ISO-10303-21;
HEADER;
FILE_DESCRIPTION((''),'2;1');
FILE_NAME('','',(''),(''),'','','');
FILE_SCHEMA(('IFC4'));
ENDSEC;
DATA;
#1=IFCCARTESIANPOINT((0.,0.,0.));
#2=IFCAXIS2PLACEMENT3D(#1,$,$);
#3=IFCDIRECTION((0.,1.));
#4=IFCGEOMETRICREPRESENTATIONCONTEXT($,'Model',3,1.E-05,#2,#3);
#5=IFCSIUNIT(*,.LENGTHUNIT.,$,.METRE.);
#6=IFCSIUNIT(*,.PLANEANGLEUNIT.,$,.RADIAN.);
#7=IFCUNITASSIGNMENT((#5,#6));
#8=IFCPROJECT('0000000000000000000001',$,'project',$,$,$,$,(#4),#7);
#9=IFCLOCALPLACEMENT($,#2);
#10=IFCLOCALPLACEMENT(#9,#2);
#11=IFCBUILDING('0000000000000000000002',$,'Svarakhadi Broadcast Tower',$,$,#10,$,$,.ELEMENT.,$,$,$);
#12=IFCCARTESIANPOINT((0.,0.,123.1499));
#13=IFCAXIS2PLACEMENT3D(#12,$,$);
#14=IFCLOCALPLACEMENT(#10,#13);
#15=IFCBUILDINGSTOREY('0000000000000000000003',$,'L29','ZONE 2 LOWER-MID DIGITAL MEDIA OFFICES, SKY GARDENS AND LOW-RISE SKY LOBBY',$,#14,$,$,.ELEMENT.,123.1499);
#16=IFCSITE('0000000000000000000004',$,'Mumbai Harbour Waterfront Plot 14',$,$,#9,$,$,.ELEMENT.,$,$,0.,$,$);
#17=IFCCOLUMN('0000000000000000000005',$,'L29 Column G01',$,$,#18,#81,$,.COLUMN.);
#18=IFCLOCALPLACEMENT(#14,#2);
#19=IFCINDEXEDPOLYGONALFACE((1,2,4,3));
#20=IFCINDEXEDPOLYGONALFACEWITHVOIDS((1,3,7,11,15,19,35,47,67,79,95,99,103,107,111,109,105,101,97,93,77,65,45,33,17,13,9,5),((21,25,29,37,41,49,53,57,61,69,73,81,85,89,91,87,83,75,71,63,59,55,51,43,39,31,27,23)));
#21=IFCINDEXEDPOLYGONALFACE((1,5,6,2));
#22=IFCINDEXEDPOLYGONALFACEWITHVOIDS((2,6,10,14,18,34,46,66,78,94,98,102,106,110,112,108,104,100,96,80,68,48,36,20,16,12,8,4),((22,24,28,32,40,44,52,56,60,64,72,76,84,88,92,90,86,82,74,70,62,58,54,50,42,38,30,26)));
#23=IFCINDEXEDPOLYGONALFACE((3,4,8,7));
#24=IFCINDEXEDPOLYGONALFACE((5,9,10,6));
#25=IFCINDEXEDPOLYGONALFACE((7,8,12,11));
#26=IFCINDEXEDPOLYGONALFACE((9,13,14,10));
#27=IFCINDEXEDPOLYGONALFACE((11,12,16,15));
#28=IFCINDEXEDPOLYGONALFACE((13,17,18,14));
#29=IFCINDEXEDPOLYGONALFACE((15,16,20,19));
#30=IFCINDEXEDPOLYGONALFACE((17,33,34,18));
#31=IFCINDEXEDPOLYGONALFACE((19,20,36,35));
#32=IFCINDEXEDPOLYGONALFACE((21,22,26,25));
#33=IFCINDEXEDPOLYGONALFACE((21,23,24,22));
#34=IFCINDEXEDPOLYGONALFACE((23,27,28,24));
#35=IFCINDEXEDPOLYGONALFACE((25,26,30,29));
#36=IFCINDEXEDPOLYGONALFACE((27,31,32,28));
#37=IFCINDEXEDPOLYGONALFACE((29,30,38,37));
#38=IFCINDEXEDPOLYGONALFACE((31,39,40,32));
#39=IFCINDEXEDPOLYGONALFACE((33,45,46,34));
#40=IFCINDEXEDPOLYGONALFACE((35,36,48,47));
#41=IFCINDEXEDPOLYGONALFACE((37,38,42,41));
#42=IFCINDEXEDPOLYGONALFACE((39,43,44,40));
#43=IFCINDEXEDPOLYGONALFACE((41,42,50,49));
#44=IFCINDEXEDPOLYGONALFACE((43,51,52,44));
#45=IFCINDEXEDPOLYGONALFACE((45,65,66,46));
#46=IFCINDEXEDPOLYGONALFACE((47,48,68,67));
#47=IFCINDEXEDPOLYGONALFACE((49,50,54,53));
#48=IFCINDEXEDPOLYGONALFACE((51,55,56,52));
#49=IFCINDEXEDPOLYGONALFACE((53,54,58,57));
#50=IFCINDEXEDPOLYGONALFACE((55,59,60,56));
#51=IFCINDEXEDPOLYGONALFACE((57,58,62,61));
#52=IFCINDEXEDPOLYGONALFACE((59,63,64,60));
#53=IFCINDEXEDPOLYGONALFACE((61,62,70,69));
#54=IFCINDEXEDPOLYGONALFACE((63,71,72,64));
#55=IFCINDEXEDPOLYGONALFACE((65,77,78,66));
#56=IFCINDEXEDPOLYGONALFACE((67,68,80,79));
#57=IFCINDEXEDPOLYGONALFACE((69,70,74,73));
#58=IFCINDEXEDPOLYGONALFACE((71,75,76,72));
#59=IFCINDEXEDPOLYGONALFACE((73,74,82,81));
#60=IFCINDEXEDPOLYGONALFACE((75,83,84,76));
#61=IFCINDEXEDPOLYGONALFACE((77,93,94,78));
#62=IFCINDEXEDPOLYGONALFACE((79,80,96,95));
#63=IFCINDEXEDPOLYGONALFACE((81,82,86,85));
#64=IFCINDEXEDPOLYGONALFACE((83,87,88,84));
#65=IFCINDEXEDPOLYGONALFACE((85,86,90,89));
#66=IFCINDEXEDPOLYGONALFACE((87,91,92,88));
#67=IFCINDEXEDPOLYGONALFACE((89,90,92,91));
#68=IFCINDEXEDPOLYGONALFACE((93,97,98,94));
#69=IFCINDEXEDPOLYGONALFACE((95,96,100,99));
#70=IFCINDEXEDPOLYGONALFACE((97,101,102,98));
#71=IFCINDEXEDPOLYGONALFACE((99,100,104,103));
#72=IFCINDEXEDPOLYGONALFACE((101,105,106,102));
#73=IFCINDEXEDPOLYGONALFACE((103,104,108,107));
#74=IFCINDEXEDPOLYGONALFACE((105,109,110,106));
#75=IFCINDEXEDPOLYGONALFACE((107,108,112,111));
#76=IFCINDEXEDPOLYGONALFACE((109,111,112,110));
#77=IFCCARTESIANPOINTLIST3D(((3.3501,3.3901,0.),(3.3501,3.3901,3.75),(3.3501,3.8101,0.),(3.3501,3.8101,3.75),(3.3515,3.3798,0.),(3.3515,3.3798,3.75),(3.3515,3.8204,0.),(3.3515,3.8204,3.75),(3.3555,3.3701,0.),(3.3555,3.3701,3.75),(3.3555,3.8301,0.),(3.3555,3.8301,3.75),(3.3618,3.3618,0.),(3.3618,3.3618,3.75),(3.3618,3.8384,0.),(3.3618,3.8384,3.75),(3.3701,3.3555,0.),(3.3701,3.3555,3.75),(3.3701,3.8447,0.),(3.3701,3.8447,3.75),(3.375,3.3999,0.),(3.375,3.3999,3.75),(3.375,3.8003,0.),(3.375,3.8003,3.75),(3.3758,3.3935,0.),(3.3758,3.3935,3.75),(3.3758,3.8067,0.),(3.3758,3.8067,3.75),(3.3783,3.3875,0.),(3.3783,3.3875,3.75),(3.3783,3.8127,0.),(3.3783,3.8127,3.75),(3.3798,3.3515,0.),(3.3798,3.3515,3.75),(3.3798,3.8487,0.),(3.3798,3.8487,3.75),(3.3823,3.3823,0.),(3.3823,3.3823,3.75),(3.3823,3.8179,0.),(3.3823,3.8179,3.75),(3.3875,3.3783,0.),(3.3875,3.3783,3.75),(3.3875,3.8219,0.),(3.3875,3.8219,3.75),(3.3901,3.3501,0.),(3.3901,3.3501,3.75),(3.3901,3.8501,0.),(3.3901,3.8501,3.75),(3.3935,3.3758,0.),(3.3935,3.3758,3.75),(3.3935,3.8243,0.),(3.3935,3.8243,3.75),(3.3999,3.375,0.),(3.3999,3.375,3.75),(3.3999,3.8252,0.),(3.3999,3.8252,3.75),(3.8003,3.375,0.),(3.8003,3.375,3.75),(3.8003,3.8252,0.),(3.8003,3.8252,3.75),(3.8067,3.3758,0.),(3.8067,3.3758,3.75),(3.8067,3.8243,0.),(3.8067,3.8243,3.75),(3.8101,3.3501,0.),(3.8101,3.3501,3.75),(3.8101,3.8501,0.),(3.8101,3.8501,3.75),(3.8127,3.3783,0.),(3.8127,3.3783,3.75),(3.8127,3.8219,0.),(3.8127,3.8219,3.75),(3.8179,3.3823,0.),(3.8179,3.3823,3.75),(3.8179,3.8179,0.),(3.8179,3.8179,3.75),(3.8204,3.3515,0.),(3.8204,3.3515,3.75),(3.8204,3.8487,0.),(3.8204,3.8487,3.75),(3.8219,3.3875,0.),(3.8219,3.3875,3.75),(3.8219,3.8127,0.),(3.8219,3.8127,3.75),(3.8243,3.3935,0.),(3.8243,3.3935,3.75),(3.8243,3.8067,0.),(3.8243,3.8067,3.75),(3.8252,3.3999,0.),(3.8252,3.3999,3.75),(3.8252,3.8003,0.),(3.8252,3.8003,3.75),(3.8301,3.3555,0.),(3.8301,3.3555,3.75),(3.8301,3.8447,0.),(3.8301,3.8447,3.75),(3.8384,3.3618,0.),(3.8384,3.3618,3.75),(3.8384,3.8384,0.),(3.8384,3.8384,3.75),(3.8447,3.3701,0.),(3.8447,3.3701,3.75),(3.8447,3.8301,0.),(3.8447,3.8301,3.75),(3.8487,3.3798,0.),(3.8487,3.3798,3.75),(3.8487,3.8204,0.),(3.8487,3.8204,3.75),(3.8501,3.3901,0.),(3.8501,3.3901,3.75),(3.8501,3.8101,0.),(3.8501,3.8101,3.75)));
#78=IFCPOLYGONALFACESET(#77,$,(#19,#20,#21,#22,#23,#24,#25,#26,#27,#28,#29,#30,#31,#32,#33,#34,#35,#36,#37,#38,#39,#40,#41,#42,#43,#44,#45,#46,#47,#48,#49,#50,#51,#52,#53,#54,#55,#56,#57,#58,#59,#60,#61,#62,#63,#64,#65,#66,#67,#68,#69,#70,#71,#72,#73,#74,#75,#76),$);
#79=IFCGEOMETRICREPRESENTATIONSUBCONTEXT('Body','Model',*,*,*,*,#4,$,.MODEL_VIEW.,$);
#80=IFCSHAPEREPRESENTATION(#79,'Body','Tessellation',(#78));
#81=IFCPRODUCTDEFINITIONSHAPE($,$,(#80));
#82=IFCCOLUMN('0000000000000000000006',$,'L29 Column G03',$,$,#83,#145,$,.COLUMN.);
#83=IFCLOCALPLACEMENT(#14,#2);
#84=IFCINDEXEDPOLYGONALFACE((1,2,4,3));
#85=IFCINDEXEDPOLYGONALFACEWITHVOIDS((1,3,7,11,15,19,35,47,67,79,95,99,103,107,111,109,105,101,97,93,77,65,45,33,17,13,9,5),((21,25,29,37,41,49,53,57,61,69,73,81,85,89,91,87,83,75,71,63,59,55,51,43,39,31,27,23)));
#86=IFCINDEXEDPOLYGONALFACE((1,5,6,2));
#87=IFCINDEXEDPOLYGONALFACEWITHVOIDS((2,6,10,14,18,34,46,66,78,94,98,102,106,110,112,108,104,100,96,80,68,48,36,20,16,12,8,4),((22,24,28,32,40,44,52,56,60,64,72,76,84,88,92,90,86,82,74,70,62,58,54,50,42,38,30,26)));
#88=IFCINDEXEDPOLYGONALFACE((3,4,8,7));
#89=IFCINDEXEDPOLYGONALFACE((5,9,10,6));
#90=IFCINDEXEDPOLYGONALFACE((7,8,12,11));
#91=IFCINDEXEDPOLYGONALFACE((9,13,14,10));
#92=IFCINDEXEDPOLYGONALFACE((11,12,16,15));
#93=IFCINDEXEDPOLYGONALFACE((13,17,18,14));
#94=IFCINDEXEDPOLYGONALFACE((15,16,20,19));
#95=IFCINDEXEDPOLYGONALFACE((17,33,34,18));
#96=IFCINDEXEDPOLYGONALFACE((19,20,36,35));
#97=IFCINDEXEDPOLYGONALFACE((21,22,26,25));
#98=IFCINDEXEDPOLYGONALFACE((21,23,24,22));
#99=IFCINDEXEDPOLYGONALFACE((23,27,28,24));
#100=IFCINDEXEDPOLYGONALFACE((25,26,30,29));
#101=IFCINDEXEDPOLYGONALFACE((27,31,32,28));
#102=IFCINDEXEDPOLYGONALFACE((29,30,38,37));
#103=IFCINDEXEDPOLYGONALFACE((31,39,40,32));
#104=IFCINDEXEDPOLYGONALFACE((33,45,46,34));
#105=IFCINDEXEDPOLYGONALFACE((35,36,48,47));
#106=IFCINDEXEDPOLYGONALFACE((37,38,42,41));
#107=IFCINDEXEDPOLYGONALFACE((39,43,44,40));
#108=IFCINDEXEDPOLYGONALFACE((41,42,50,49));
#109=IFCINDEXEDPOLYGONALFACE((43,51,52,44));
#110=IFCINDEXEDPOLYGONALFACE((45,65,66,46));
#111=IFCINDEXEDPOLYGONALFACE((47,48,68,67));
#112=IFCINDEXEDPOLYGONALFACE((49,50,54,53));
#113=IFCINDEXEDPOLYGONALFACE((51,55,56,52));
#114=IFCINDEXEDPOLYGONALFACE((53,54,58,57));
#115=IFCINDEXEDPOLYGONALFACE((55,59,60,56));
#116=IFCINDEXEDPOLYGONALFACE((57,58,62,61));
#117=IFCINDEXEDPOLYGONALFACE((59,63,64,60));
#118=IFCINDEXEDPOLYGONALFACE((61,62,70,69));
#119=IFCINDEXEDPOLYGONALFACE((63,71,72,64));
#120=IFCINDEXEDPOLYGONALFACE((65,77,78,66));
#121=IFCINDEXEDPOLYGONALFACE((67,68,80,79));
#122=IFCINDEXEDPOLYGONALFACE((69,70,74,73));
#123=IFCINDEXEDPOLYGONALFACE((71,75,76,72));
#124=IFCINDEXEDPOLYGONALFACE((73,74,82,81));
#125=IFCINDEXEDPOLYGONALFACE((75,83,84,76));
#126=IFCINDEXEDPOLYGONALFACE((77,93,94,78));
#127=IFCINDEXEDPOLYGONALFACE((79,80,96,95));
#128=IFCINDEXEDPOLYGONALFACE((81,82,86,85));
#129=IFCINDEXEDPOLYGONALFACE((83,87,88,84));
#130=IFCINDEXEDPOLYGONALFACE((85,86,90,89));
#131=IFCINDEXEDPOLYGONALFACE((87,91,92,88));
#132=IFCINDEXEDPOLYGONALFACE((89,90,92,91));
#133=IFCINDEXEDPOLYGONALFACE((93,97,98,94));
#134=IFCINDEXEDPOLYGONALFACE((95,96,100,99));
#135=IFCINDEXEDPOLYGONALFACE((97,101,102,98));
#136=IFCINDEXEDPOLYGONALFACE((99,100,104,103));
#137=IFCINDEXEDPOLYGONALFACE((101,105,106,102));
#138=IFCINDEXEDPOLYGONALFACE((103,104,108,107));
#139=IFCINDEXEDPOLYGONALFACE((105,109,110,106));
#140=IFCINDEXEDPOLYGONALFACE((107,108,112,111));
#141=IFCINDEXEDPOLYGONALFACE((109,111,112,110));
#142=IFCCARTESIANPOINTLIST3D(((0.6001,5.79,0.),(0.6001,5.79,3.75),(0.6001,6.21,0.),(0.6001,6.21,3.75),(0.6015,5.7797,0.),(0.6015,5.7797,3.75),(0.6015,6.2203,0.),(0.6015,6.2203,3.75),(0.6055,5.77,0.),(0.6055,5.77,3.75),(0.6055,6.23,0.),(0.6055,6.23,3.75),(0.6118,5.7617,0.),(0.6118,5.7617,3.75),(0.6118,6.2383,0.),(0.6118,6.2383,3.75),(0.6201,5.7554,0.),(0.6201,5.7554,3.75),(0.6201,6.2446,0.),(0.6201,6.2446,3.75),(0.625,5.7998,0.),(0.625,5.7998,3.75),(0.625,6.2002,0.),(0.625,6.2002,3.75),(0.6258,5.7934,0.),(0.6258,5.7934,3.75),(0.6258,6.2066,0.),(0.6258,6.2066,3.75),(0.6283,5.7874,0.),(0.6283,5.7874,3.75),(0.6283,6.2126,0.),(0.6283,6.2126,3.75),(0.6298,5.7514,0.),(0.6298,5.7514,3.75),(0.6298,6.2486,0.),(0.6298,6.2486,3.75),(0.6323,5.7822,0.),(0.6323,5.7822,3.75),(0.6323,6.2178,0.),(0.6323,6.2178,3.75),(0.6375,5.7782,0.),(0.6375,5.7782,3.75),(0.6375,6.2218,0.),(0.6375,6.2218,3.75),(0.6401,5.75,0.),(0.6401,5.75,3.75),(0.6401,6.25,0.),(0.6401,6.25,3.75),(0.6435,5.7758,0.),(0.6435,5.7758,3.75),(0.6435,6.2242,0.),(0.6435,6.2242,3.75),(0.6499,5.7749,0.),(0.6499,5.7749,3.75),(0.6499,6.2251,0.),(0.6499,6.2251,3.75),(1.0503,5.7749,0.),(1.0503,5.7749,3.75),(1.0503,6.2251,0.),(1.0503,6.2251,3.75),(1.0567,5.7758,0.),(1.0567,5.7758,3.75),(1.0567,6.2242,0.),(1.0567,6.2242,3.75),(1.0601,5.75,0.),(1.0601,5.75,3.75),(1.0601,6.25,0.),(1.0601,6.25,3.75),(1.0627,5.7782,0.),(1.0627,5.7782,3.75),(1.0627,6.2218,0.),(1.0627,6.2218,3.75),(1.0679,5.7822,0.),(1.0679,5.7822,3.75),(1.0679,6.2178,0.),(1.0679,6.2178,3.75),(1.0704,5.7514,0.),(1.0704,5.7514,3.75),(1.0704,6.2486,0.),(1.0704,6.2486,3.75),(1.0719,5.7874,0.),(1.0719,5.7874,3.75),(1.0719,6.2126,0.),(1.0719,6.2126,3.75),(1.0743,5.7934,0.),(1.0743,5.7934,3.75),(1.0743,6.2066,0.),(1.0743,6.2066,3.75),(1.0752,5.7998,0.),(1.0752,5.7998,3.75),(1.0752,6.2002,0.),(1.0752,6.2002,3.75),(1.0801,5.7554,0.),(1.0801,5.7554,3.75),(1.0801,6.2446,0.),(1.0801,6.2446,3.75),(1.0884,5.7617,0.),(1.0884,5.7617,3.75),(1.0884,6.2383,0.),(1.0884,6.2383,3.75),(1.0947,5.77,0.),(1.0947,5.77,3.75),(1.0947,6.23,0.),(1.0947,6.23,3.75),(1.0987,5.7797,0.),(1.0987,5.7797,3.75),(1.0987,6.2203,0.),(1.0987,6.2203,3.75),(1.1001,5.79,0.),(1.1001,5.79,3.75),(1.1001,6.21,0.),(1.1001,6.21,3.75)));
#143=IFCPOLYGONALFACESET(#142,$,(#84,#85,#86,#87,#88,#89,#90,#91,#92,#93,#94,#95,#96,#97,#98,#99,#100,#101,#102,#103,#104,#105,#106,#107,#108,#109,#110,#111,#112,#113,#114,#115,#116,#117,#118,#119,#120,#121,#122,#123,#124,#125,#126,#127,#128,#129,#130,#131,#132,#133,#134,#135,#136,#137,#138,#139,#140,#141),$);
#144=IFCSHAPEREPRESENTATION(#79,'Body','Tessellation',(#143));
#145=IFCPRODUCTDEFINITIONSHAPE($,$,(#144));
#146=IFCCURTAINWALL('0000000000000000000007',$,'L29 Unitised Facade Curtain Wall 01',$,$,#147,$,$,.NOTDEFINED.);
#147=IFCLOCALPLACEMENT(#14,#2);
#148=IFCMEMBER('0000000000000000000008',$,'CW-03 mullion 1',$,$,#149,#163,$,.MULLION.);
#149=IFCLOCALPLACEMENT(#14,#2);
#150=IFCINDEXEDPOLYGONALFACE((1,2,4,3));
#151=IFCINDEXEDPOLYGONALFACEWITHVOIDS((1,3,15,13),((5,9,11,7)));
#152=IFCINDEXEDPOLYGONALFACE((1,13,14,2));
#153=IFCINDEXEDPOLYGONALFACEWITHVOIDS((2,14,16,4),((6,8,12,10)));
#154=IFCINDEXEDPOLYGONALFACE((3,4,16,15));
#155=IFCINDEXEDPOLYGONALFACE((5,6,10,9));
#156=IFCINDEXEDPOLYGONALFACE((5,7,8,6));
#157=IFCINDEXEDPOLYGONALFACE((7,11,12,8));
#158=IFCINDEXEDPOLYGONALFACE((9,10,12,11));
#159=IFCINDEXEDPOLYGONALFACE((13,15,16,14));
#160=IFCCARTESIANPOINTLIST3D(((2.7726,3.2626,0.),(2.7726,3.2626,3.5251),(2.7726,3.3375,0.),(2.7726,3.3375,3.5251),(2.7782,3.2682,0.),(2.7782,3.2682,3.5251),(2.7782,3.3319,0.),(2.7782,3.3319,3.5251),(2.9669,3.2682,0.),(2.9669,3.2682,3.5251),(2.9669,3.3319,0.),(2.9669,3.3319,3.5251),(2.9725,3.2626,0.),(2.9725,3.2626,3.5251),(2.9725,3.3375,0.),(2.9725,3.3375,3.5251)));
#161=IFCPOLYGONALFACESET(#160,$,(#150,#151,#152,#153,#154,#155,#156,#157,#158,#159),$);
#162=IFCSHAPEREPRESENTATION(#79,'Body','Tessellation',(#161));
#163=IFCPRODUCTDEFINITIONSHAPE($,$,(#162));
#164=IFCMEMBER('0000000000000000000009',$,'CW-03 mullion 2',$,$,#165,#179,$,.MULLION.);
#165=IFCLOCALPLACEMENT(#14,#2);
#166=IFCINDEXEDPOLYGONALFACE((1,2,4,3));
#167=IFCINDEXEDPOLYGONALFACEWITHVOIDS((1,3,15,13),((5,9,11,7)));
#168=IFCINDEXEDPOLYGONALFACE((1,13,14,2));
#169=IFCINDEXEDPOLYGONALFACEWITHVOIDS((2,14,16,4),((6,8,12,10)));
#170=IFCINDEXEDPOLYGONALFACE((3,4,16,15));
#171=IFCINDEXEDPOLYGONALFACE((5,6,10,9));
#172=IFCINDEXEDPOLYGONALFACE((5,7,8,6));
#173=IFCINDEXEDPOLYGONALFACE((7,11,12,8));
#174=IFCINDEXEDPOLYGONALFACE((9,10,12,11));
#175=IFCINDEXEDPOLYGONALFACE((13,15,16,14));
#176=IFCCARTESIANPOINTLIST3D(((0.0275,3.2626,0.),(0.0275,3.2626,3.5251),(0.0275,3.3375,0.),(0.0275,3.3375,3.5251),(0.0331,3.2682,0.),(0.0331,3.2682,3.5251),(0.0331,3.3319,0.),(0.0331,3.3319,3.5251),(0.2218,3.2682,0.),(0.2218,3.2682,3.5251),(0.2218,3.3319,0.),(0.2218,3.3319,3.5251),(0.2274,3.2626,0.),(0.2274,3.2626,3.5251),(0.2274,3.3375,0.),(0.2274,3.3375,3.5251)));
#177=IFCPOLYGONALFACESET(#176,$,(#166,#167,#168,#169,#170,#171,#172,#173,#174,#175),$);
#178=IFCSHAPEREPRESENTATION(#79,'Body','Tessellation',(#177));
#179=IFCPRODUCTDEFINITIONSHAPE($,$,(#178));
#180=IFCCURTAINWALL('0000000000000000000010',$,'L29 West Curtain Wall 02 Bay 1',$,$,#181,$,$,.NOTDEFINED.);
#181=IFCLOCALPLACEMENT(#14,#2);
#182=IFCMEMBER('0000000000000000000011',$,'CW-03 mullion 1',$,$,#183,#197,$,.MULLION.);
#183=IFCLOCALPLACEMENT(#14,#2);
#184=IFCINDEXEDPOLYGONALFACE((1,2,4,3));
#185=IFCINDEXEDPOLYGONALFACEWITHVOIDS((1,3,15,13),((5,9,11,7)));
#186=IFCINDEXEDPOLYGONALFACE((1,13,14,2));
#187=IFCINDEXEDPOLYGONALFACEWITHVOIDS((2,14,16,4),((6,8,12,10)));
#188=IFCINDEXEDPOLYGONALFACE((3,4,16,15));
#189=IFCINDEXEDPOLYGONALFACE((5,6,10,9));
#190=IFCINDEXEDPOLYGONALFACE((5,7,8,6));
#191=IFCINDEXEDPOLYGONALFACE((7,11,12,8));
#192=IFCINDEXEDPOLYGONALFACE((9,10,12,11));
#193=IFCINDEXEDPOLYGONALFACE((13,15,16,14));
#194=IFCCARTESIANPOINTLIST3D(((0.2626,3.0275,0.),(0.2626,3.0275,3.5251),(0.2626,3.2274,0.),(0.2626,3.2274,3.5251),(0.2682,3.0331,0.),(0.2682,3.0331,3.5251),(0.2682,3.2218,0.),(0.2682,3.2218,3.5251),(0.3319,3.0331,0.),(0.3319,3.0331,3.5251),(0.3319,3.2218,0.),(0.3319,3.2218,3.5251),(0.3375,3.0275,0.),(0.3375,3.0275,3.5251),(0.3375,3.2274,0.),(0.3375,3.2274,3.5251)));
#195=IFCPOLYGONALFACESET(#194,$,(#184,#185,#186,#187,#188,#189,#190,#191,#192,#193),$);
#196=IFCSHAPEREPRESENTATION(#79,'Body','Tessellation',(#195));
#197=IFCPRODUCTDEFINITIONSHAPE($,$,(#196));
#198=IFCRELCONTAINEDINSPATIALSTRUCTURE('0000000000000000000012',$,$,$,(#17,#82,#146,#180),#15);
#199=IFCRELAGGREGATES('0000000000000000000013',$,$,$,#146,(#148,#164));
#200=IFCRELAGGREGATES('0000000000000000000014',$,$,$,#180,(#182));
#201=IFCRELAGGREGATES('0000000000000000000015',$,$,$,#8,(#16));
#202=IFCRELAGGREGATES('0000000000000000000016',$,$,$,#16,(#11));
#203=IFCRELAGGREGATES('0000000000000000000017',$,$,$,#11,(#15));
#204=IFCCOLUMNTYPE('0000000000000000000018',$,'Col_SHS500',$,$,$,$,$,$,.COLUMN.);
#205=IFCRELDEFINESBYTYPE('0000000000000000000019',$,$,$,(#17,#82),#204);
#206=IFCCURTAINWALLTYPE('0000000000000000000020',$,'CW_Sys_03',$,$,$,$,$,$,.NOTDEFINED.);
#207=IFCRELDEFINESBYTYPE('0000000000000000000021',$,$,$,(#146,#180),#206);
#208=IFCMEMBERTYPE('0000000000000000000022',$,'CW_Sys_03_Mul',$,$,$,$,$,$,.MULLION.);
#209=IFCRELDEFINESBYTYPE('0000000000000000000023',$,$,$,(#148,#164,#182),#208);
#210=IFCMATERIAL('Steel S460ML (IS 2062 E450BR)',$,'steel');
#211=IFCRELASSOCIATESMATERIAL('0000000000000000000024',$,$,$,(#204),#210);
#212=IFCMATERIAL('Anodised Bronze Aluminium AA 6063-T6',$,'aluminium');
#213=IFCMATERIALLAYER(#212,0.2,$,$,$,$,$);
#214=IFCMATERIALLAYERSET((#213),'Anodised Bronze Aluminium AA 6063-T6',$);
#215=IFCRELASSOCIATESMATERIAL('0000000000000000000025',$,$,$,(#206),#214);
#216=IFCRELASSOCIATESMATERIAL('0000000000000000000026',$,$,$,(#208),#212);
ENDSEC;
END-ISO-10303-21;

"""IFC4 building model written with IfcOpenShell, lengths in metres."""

from ifc_helpers import new_model, si_unit, direction, frame, origin, origin_2d, place, context, subcontext, project, spatial, hollow_rectangle, extrude, material, layer, layer_set, material_profile, profile_set, type_object, element, aggregate, save


model = new_model("IFC4")

# Units and contexts
model_context = context("Model", 3, precision=1e-05, world=origin(), true_north=direction((0.0, 1.0)))
body_context = subcontext(model_context, "Body", "Model", "MODEL_VIEW")
ifc_project = project(units=[si_unit("LENGTHUNIT", "METRE"), si_unit("PLANEANGLEUNIT", "RADIAN")], contexts=[model_context])

# Site, building, storey
site_placement = place(None, origin())
site = spatial("IfcSite", under=ifc_project, at=site_placement, Name="Mumbai Harbour Waterfront Plot 14", CompositionType="ELEMENT", RefElevation=0.0)
building_placement = place(site_placement, origin())
building = spatial("IfcBuilding", under=site, at=building_placement, Name="Svarakhadi Broadcast Tower", CompositionType="ELEMENT")
storey_placement = place(building_placement, frame((0.0, 0.0, 123.1499)))
storey = spatial("IfcBuildingStorey", under=building, at=storey_placement, Name="L29", Description="ZONE 2 LOWER-MID DIGITAL MEDIA OFFICES, SKY GARDENS AND LOW-RISE SKY LOBBY", CompositionType="ELEMENT", Elevation=123.1499)

# Columns
ifc_material_1 = material(Name="Steel S460ML (IS 2062 E450BR)", Category="steel")
ifc_material_profile_1 = material_profile(ifc_material_1, hollow_rectangle(XDim=0.5, YDim=0.5, WallThickness=0.0249, InnerFilletRadius=0.0249, OuterFilletRadius=0.04, at=origin_2d()), Name="SHS 500x500x25")
ifc_profile_set_1 = profile_set([ifc_material_profile_1], Name="Steel S460ML (IS 2062 E450BR)")
column_type = type_object("IfcColumnType", Name="Col_SHS500", PredefinedType="COLUMN", material=ifc_profile_set_1)
for number, where, z_axis, x_axis, name in (
    (1, (3.6001, 3.6001, 0.0), (0.0, 0.0, 1.0), (1.0, 0.0, 0.0), "L29 Column G01"),
    (2, (0.8501, 6.0, 0.0), (0.0, 0.0, 1.0), (1.0, 0.0, 0.0), "L29 Column G03"),
):
    element("IfcColumn", number, at=place(storey_placement, frame(where, z_axis=z_axis, x_axis=x_axis)), inside=storey, type_object=column_type, Name=name, PredefinedType="COLUMN", context=body_context, shape_type="SweptSolid", body=[
        extrude(hollow_rectangle(XDim=0.5, YDim=0.5, WallThickness=0.0249, InnerFilletRadius=0.0249, OuterFilletRadius=0.04, at=origin_2d()), origin(), (0.0, 0.0, 1.0), 3.75),
    ])

# Curtain wall, members
ifc_material_2 = material(Name="Anodised Bronze Aluminium AA 6063-T6", Category="aluminium")
ifc_layer_1 = layer(ifc_material_2, 0.2)
ifc_layer_set_1 = layer_set([ifc_layer_1], Name="Anodised Bronze Aluminium AA 6063-T6")
curtain_wall_type = type_object("IfcCurtainWallType", Name="CW_Sys_03", PredefinedType="NOTDEFINED", material=ifc_layer_set_1)
curtain_wall_1_placement = place(storey_placement, origin())
curtain_wall_1 = element("IfcCurtainWall", 3, at=curtain_wall_1_placement, inside=storey, type_object=curtain_wall_type, Name="L29 Unitised Facade Curtain Wall 01", PredefinedType="NOTDEFINED")
ifc_material_profile_2 = material_profile(ifc_material_2, hollow_rectangle(XDim=0.075, YDim=0.2, WallThickness=0.0056, at=origin_2d()), Name="ALU MULLION 200x75x6")
ifc_profile_set_2 = profile_set([ifc_material_profile_2], Name="Anodised Bronze Aluminium AA 6063-T6")
member_type_1 = type_object("IfcMemberType", Name="CW_Sys_03_Mul", PredefinedType="MULLION", material=ifc_profile_set_2)
member_1_placement = place(storey_placement, frame((2.8726, 3.3, 0.0), z_axis=(0.0, 0.0, 1.0), x_axis=(0.0, -1.0, 0.0)))
member_1 = element("IfcMember", 4, at=member_1_placement, type_object=member_type_1, Name="CW-03 mullion 1", PredefinedType="MULLION", context=body_context, shape_type="SweptSolid", body=[
    extrude(hollow_rectangle(XDim=0.075, YDim=0.2, WallThickness=0.0056, at=origin_2d()), origin(), (0.0, 0.0, 1.0), 3.5251),
])
member_2_placement = place(storey_placement, frame((0.1274, 3.3, 0.0), z_axis=(0.0, 0.0, 1.0), x_axis=(0.0, -1.0, 0.0)))
member_2 = element("IfcMember", 5, at=member_2_placement, type_object=member_type_1, Name="CW-03 mullion 2", PredefinedType="MULLION", context=body_context, shape_type="SweptSolid", body=[
    extrude(hollow_rectangle(XDim=0.075, YDim=0.2, WallThickness=0.0056, at=origin_2d()), origin(), (0.0, 0.0, 1.0), 3.5251),
])

# Curtain wall, member
curtain_wall_2_placement = place(storey_placement, origin())
curtain_wall_2 = element("IfcCurtainWall", 6, at=curtain_wall_2_placement, inside=storey, type_object=curtain_wall_type, Name="L29 West Curtain Wall 02 Bay 1", PredefinedType="NOTDEFINED")
member_3_placement = place(storey_placement, frame((0.3, 3.1274, 0.0), z_axis=(0.0, 0.0, 1.0), x_axis=(-1.0, 0.0, 0.0)))
member_3 = element("IfcMember", 7, at=member_3_placement, type_object=member_type_1, Name="CW-03 mullion 1", PredefinedType="MULLION", context=body_context, shape_type="SweptSolid", body=[
    extrude(hollow_rectangle(XDim=0.075, YDim=0.2, WallThickness=0.0056, at=origin_2d()), origin(), (0.0, 0.0, 1.0), 3.5251),
])

aggregate(curtain_wall_1, [member_1, member_2])
aggregate(curtain_wall_2, [member_3])

save(model, "model.ifc")
